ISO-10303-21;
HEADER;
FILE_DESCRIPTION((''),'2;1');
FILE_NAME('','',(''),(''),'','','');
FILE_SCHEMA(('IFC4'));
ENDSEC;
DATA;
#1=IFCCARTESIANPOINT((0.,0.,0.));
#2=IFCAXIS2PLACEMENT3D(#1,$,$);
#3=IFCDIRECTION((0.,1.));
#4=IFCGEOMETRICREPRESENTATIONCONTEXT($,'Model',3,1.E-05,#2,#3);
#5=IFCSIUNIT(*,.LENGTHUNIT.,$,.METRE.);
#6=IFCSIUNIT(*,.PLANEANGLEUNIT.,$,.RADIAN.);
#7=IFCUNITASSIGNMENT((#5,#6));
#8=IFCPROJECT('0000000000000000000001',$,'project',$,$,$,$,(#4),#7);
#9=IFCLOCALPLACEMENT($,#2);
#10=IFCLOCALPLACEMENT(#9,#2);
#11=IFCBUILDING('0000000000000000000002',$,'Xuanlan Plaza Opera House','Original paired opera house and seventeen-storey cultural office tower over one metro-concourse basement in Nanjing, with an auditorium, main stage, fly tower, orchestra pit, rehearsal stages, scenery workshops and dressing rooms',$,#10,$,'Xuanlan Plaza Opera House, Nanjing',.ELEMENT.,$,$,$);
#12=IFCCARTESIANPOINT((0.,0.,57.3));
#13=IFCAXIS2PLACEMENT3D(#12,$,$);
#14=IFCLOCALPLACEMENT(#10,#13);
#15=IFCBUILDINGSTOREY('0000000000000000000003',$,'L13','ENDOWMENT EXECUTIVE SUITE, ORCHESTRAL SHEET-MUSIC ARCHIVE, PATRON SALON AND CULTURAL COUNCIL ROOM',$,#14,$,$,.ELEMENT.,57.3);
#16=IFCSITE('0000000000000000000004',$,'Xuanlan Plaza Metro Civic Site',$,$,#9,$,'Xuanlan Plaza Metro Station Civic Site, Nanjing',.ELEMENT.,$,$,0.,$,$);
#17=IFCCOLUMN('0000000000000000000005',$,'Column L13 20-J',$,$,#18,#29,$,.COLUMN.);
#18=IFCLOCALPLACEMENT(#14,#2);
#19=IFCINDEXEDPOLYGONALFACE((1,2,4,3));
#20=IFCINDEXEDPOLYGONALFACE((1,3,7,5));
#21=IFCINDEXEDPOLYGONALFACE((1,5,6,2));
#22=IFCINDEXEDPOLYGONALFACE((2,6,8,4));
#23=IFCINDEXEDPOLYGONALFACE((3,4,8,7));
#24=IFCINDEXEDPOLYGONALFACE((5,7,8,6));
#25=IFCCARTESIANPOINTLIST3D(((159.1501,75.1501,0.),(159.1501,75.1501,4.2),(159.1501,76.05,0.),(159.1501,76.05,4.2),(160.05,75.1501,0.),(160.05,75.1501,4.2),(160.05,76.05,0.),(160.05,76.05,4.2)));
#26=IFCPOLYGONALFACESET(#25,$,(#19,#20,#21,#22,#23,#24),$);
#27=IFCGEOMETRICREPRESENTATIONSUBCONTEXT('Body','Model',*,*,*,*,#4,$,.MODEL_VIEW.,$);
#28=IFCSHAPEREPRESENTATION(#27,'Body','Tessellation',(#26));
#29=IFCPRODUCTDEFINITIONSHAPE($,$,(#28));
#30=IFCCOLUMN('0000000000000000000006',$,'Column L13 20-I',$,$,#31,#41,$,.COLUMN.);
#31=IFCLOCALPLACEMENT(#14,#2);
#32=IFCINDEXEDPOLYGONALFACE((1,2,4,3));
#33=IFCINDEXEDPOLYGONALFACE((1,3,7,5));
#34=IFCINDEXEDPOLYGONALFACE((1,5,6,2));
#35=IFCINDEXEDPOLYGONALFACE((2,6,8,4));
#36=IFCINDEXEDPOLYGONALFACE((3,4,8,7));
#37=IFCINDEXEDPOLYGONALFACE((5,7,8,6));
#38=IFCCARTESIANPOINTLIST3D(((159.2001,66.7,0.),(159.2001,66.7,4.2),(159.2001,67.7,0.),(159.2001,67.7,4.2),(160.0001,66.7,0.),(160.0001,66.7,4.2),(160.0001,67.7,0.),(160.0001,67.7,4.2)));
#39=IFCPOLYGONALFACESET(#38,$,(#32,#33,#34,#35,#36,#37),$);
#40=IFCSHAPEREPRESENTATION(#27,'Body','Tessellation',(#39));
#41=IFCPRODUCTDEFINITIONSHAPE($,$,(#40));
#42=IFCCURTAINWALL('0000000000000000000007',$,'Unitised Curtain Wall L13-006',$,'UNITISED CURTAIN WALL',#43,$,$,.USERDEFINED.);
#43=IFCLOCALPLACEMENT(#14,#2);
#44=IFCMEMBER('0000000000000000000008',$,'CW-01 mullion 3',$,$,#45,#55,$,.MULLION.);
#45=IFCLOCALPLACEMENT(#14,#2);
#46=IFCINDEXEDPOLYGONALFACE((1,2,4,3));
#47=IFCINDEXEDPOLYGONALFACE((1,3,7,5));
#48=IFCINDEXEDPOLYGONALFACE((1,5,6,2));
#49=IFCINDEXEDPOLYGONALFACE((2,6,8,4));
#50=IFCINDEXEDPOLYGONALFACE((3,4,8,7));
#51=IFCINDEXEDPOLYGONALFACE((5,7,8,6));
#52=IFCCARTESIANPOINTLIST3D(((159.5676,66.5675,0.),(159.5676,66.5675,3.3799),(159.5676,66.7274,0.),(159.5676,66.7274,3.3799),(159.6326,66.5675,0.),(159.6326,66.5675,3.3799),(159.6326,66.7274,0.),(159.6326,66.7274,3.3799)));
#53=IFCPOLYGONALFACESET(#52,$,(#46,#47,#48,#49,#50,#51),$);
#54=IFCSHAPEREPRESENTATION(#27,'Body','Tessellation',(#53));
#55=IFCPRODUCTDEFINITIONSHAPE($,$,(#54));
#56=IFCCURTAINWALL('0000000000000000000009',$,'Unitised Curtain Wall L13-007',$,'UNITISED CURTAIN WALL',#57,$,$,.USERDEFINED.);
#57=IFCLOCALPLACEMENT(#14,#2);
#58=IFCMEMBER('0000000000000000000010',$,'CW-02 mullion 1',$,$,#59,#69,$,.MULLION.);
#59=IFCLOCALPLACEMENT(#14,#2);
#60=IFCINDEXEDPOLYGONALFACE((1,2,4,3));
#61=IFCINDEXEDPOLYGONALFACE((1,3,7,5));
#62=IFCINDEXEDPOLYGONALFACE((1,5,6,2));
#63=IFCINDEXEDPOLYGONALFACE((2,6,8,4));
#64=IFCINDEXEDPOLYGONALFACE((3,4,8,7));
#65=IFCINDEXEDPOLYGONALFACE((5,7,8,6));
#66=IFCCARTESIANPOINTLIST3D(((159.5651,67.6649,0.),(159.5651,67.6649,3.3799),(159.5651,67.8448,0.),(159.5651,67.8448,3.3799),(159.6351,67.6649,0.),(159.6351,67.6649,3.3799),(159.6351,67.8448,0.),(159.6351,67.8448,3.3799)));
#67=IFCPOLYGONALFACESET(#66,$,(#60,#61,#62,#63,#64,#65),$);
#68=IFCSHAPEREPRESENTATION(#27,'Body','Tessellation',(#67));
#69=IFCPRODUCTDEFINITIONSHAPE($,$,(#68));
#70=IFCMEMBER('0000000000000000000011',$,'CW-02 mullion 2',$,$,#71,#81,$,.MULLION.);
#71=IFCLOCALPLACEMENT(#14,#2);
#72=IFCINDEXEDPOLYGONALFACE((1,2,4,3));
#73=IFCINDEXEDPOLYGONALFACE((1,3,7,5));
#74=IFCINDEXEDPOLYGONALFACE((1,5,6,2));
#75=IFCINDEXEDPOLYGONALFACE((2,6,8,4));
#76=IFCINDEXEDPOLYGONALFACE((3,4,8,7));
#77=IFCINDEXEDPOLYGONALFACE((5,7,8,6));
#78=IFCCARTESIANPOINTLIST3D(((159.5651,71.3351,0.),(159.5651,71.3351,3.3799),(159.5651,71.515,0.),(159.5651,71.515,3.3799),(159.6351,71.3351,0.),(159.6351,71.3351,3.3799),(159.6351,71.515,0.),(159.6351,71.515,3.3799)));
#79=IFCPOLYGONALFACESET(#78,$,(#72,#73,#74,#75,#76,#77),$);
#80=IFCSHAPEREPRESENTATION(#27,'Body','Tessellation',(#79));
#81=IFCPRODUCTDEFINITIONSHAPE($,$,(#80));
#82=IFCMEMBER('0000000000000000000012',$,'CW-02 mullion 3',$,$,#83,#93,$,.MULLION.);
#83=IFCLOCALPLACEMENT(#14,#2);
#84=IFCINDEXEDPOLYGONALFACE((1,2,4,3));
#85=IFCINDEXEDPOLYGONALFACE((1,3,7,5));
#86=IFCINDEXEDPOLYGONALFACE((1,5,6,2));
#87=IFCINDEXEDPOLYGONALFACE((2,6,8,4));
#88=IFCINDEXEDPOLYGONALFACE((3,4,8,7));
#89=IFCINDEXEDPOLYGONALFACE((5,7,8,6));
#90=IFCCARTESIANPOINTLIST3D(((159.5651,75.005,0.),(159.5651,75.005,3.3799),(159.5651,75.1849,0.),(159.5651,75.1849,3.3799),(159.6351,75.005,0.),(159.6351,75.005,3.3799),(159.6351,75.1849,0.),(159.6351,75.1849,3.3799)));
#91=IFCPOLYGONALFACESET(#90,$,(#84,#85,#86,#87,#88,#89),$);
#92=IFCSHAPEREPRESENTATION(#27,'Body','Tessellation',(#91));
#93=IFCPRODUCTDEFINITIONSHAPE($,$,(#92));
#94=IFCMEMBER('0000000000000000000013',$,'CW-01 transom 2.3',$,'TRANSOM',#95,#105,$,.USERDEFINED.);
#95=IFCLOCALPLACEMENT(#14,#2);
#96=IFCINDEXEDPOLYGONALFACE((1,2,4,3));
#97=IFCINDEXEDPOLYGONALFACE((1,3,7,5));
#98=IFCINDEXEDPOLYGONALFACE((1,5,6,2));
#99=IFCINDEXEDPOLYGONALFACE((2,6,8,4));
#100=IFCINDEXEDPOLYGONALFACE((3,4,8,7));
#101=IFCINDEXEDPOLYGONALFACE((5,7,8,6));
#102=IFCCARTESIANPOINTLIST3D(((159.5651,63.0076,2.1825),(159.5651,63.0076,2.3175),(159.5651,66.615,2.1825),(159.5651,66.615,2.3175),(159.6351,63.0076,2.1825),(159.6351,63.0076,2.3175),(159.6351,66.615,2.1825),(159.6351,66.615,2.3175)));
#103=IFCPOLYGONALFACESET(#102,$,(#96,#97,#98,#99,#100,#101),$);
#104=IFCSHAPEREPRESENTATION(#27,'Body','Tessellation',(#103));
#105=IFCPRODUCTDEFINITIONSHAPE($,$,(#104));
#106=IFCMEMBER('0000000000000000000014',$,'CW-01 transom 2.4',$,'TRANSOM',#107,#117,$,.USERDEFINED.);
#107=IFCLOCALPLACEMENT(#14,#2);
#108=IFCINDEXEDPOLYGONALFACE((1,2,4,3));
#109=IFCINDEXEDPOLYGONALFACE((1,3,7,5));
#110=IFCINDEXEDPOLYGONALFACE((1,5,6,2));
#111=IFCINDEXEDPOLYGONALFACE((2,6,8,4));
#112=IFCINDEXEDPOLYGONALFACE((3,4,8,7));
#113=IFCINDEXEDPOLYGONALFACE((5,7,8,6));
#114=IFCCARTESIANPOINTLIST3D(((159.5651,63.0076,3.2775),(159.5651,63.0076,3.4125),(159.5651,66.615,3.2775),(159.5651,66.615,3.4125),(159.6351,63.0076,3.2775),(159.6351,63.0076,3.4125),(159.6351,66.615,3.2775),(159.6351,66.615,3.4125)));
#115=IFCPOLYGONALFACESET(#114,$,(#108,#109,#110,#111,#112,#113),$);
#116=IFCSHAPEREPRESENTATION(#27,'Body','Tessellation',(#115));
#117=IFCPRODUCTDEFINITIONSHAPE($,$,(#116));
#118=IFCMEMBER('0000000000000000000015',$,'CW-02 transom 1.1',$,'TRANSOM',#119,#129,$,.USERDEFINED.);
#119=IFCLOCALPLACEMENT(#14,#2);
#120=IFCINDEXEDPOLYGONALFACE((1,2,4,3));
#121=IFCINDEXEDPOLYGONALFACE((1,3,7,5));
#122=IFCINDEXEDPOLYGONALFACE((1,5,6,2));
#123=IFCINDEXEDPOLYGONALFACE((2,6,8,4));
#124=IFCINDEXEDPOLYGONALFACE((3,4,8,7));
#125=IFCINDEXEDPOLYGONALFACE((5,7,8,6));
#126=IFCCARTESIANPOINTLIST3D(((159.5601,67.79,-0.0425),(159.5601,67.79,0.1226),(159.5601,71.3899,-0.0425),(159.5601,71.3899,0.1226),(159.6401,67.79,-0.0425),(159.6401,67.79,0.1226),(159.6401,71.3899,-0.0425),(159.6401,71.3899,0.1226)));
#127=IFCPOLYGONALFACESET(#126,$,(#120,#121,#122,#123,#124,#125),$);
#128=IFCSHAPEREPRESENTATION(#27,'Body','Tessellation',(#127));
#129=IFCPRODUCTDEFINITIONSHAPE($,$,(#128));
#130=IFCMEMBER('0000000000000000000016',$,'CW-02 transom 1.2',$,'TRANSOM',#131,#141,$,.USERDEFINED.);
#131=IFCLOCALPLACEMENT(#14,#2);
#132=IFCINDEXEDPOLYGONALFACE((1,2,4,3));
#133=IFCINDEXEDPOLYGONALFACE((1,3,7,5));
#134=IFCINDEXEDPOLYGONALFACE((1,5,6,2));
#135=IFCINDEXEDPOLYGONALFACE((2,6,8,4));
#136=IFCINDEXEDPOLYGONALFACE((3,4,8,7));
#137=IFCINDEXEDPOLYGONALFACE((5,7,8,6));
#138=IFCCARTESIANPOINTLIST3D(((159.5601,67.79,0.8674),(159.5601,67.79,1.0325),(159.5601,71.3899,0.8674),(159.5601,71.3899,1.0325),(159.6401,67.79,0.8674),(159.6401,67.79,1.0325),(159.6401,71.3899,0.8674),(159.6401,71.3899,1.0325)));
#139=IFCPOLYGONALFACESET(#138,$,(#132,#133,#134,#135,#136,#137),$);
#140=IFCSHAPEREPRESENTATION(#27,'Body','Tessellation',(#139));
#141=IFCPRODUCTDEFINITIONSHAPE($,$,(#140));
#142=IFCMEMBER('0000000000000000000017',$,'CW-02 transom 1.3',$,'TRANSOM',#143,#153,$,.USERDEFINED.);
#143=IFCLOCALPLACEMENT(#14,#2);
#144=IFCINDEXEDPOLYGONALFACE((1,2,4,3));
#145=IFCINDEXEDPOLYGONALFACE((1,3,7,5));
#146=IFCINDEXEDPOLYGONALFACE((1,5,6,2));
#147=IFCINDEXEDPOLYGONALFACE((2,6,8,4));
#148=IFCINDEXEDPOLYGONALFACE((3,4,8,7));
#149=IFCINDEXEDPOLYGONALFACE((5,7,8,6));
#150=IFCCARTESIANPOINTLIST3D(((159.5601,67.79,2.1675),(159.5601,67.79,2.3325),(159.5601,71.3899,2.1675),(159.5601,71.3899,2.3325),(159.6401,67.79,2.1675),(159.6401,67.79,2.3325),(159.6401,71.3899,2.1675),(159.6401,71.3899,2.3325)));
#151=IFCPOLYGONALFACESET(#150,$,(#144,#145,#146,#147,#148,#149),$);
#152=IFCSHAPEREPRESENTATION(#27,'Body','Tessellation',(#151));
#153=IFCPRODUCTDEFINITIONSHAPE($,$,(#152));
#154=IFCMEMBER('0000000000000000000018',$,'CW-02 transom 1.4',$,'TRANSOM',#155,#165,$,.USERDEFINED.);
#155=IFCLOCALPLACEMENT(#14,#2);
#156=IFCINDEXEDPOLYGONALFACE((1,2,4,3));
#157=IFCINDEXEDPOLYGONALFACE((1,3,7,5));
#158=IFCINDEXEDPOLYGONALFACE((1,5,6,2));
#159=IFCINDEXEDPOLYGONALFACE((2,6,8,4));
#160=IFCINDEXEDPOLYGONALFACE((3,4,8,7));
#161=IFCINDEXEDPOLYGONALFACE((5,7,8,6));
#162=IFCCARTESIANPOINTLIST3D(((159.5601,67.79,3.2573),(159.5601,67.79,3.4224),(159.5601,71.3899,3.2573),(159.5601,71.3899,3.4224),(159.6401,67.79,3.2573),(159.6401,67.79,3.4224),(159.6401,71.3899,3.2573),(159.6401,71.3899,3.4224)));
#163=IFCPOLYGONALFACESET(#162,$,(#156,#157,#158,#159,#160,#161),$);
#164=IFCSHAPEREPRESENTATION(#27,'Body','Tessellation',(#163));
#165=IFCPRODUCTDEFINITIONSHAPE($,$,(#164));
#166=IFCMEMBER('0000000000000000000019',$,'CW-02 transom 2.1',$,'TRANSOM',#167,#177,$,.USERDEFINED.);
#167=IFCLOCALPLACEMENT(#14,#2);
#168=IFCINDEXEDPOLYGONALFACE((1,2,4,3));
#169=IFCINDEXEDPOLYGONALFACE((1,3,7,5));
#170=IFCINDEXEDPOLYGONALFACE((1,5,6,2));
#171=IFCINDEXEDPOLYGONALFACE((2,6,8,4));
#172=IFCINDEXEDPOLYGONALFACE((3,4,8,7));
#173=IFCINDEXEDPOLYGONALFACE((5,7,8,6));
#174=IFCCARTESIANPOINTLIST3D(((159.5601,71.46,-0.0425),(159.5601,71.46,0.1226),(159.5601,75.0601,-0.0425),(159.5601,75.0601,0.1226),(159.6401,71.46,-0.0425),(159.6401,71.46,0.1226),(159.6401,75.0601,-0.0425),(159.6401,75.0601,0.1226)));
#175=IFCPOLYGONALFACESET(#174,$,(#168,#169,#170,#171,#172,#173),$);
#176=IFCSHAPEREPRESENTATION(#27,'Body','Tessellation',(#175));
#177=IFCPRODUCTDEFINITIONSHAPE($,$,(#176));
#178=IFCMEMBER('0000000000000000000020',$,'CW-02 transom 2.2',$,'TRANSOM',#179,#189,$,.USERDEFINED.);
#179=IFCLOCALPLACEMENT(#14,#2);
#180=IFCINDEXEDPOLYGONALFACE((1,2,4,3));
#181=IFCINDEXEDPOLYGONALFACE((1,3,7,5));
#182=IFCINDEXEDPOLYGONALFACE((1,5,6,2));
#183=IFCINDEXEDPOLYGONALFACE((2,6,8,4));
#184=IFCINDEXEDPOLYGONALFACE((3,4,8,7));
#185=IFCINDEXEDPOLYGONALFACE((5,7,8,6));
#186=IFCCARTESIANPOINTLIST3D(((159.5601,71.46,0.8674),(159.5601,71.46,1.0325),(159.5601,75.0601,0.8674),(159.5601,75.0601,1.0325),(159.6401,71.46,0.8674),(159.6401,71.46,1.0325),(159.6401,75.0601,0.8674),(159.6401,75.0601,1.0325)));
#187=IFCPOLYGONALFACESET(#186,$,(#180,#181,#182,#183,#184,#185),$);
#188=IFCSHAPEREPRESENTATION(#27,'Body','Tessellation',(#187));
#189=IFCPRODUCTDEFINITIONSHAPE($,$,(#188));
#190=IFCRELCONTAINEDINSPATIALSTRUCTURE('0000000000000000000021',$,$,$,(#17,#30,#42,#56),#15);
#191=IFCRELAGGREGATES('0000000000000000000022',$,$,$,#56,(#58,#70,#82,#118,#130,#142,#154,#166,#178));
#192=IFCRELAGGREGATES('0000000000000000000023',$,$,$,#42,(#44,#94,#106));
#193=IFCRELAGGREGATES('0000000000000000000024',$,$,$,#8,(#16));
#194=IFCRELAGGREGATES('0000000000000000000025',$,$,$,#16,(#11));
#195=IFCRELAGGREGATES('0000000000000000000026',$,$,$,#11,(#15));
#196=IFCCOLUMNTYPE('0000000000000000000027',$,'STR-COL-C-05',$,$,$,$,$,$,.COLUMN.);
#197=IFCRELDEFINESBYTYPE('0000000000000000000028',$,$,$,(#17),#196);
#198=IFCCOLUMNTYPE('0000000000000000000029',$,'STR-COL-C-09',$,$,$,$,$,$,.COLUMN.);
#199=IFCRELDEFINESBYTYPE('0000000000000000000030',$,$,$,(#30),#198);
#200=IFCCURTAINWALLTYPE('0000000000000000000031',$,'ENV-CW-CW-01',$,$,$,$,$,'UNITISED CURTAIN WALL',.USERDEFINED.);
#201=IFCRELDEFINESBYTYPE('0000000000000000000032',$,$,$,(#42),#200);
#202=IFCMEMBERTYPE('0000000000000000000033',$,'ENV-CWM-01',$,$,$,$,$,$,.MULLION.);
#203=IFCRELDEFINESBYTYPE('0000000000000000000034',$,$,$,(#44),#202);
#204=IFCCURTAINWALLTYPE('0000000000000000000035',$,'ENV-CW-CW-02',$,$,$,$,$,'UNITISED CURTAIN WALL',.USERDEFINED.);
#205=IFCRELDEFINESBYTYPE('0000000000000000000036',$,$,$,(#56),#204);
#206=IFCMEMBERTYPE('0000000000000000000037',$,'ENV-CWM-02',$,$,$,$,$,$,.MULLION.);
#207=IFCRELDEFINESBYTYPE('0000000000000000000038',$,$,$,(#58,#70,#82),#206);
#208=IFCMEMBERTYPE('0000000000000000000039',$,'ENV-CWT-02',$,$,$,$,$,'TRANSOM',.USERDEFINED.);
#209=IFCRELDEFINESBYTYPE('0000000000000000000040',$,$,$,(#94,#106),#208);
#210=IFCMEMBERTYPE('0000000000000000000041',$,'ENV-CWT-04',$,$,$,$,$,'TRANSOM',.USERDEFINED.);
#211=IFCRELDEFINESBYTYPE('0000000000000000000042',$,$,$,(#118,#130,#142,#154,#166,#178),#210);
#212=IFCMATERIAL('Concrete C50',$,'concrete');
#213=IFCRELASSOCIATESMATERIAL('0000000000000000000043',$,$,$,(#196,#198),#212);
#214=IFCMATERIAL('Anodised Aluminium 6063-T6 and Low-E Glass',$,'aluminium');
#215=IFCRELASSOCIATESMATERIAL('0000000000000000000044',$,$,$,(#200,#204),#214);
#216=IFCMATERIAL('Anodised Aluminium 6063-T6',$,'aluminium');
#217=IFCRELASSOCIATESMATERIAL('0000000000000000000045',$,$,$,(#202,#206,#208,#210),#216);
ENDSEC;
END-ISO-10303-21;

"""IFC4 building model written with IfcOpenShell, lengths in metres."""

from ifc_helpers import new_model, si_unit, direction, frame, origin, origin_2d, place, context, subcontext, project, spatial, rectangle, extrude, material, material_profile, profile_set, type_object, element, aggregate, save


model = new_model("IFC4")

# Units and contexts
model_context = context("Model", 3, precision=1e-05, world=origin(), true_north=direction((0.0, 1.0)))
body_context = subcontext(model_context, "Body", "Model", "MODEL_VIEW")
ifc_project = project(units=[si_unit("LENGTHUNIT", "METRE"), si_unit("PLANEANGLEUNIT", "RADIAN")], contexts=[model_context])

# Site, building, storey
site_placement = place(None, origin())
site = spatial("IfcSite", under=ifc_project, at=site_placement, Name="Xuanlan Plaza Metro Civic Site", LongName="Xuanlan Plaza Metro Station Civic Site, Nanjing", CompositionType="ELEMENT", RefElevation=0.0)
building_placement = place(site_placement, origin())
building = spatial("IfcBuilding", under=site, at=building_placement, Name="Xuanlan Plaza Opera House", Description="Original paired opera house and seventeen-storey cultural office tower over one metro-concourse basement in Nanjing, with an auditorium, main stage, fly tower, orchestra pit, rehearsal stages, scenery workshops and dressing rooms", LongName="Xuanlan Plaza Opera House, Nanjing", CompositionType="ELEMENT")
storey_placement = place(building_placement, frame((0.0, 0.0, 57.3)))
storey = spatial("IfcBuildingStorey", under=building, at=storey_placement, Name="L13", Description="ENDOWMENT EXECUTIVE SUITE, ORCHESTRAL SHEET-MUSIC ARCHIVE, PATRON SALON AND CULTURAL COUNCIL ROOM", CompositionType="ELEMENT", Elevation=57.3)

# Columns
ifc_material_1 = material(Name="Concrete C50", Category="concrete")
ifc_material_profile_1 = material_profile(ifc_material_1, rectangle(XDim=0.8999, YDim=0.8999, at=origin_2d()), Name="RC-COL 900x900")
ifc_profile_set_1 = profile_set([ifc_material_profile_1], Name="Concrete C50")
column_type_1 = type_object("IfcColumnType", Name="STR-COL-C-05", PredefinedType="COLUMN", material=ifc_profile_set_1)
column_1_placement = place(storey_placement, frame((159.6001, 75.6001, 0.0), z_axis=(0.0, 0.0, 1.0), x_axis=(1.0, 0.0, 0.0)))
element("IfcColumn", 1, at=column_1_placement, inside=storey, type_object=column_type_1, Name="Column L13 20-J", PredefinedType="COLUMN", context=body_context, shape_type="SweptSolid", body=[
    extrude(rectangle(XDim=0.8999, YDim=0.8999, at=origin_2d()), origin(), (0.0, 0.0, 1.0), 4.2),
])
ifc_material_profile_2 = material_profile(ifc_material_1, rectangle(XDim=0.8, YDim=1.0, at=origin_2d()), Name="RC-COL 800x1000")
ifc_profile_set_2 = profile_set([ifc_material_profile_2], Name="Concrete C50")
column_type_2 = type_object("IfcColumnType", Name="STR-COL-C-09", PredefinedType="COLUMN", material=ifc_profile_set_2)
column_2_placement = place(storey_placement, frame((159.6001, 67.2, 0.0), z_axis=(0.0, 0.0, 1.0), x_axis=(1.0, 0.0, 0.0)))
element("IfcColumn", 2, at=column_2_placement, inside=storey, type_object=column_type_2, Name="Column L13 20-I", PredefinedType="COLUMN", context=body_context, shape_type="SweptSolid", body=[
    extrude(rectangle(XDim=0.8, YDim=1.0, at=origin_2d()), origin(), (0.0, 0.0, 1.0), 4.2),
])

# Curtain wall, member
ifc_material_2 = material(Name="Anodised Aluminium 6063-T6 and Low-E Glass", Category="aluminium")
curtain_wall_type_1 = type_object("IfcCurtainWallType", Name="ENV-CW-CW-01", ElementType="UNITISED CURTAIN WALL", PredefinedType="USERDEFINED", material=ifc_material_2)
curtain_wall_1_placement = place(storey_placement, origin())
curtain_wall_1 = element("IfcCurtainWall", 3, at=curtain_wall_1_placement, inside=storey, type_object=curtain_wall_type_1, Name="Unitised Curtain Wall L13-006", ObjectType="UNITISED CURTAIN WALL", PredefinedType="USERDEFINED")
ifc_material_3 = material(Name="Anodised Aluminium 6063-T6", Category="aluminium")
ifc_material_profile_3 = material_profile(ifc_material_3, rectangle(XDim=0.0649, YDim=0.1599, at=origin_2d()), Name="ALU-M 65x160")
ifc_profile_set_3 = profile_set([ifc_material_profile_3], Name="Anodised Aluminium 6063-T6")
member_type_1 = type_object("IfcMemberType", Name="ENV-CWM-01", PredefinedType="MULLION", material=ifc_profile_set_3)
member_1_placement = place(storey_placement, frame((159.6001, 66.6475, 0.0), z_axis=(0.0, 0.0, 1.0), x_axis=(-1.0, 0.0, 0.0)))
member_1 = element("IfcMember", 4, at=member_1_placement, type_object=member_type_1, Name="CW-01 mullion 3", PredefinedType="MULLION", context=body_context, shape_type="SweptSolid", body=[
    extrude(rectangle(XDim=0.0649, YDim=0.1599, at=origin_2d()), origin(), (0.0, 0.0, 1.0), 3.3799),
])

# Curtain wall, members
curtain_wall_type_2 = type_object("IfcCurtainWallType", Name="ENV-CW-CW-02", ElementType="UNITISED CURTAIN WALL", PredefinedType="USERDEFINED", material=ifc_material_2)
curtain_wall_2_placement = place(storey_placement, origin())
curtain_wall_2 = element("IfcCurtainWall", 5, at=curtain_wall_2_placement, inside=storey, type_object=curtain_wall_type_2, Name="Unitised Curtain Wall L13-007", ObjectType="UNITISED CURTAIN WALL", PredefinedType="USERDEFINED")
ifc_material_profile_4 = material_profile(ifc_material_3, rectangle(XDim=0.0701, YDim=0.1799, at=origin_2d()), Name="ALU-M 70x180")
ifc_profile_set_4 = profile_set([ifc_material_profile_4], Name="Anodised Aluminium 6063-T6")
member_type_2 = type_object("IfcMemberType", Name="ENV-CWM-02", PredefinedType="MULLION", material=ifc_profile_set_4)
member_2_placement = place(storey_placement, frame((159.6001, 67.7549, 0.0), z_axis=(0.0, 0.0, 1.0), x_axis=(-1.0, 0.0, 0.0)))
member_2 = element("IfcMember", 6, at=member_2_placement, type_object=member_type_2, Name="CW-02 mullion 1", PredefinedType="MULLION", context=body_context, shape_type="SweptSolid", body=[
    extrude(rectangle(XDim=0.0701, YDim=0.1799, at=origin_2d()), origin(), (0.0, 0.0, 1.0), 3.3799),
])
member_3_placement = place(storey_placement, frame((159.6001, 71.425, 0.0), z_axis=(0.0, 0.0, 1.0), x_axis=(-1.0, 0.0, 0.0)))
member_3 = element("IfcMember", 7, at=member_3_placement, type_object=member_type_2, Name="CW-02 mullion 2", PredefinedType="MULLION", context=body_context, shape_type="SweptSolid", body=[
    extrude(rectangle(XDim=0.0701, YDim=0.1799, at=origin_2d()), origin(), (0.0, 0.0, 1.0), 3.3799),
])
member_4_placement = place(storey_placement, frame((159.6001, 75.095, 0.0), z_axis=(0.0, 0.0, 1.0), x_axis=(-1.0, 0.0, 0.0)))
member_4 = element("IfcMember", 8, at=member_4_placement, type_object=member_type_2, Name="CW-02 mullion 3", PredefinedType="MULLION", context=body_context, shape_type="SweptSolid", body=[
    extrude(rectangle(XDim=0.0701, YDim=0.1799, at=origin_2d()), origin(), (0.0, 0.0, 1.0), 3.3799),
])

# Members
ifc_material_profile_5 = material_profile(ifc_material_3, rectangle(XDim=0.0701, YDim=0.135, at=origin_2d()), Name="ALU-T 70x135")
ifc_profile_set_5 = profile_set([ifc_material_profile_5], Name="Anodised Aluminium 6063-T6")
member_type_3 = type_object("IfcMemberType", Name="ENV-CWT-02", ElementType="TRANSOM", PredefinedType="USERDEFINED", material=ifc_profile_set_5)
member_5_placement = place(storey_placement, frame((159.6001, 63.0076, 2.25), z_axis=(0.0, 1.0, 0.0), x_axis=(-1.0, 0.0, 0.0)))
member_5 = element("IfcMember", 9, at=member_5_placement, type_object=member_type_3, Name="CW-01 transom 2.3", ObjectType="TRANSOM", PredefinedType="USERDEFINED", context=body_context, shape_type="SweptSolid", body=[
    extrude(rectangle(XDim=0.0701, YDim=0.135, at=origin_2d()), origin(), (0.0, 0.0, 1.0), 3.6074),
])
member_6_placement = place(storey_placement, frame((159.6001, 63.0076, 3.345), z_axis=(0.0, 1.0, 0.0), x_axis=(-1.0, 0.0, 0.0)))
member_6 = element("IfcMember", 10, at=member_6_placement, type_object=member_type_3, Name="CW-01 transom 2.4", ObjectType="TRANSOM", PredefinedType="USERDEFINED", context=body_context, shape_type="SweptSolid", body=[
    extrude(rectangle(XDim=0.0701, YDim=0.135, at=origin_2d()), origin(), (0.0, 0.0, 1.0), 3.6074),
])
ifc_material_profile_6 = material_profile(ifc_material_3, rectangle(XDim=0.0801, YDim=0.165, at=origin_2d()), Name="ALU-T 80x165")
ifc_profile_set_6 = profile_set([ifc_material_profile_6], Name="Anodised Aluminium 6063-T6")
member_type_4 = type_object("IfcMemberType", Name="ENV-CWT-04", ElementType="TRANSOM", PredefinedType="USERDEFINED", material=ifc_profile_set_6)
member_7_placement = place(storey_placement, frame((159.6001, 67.79, 0.04), z_axis=(0.0, 1.0, 0.0), x_axis=(-1.0, 0.0, 0.0)))
member_7 = element("IfcMember", 11, at=member_7_placement, type_object=member_type_4, Name="CW-02 transom 1.1", ObjectType="TRANSOM", PredefinedType="USERDEFINED", context=body_context, shape_type="SweptSolid", body=[
    extrude(rectangle(XDim=0.0801, YDim=0.165, at=origin_2d()), origin(), (0.0, 0.0, 1.0), 3.5999),
])
member_8_placement = place(storey_placement, frame((159.6001, 67.79, 0.95), z_axis=(0.0, 1.0, 0.0), x_axis=(-1.0, 0.0, 0.0)))
member_8 = element("IfcMember", 12, at=member_8_placement, type_object=member_type_4, Name="CW-02 transom 1.2", ObjectType="TRANSOM", PredefinedType="USERDEFINED", context=body_context, shape_type="SweptSolid", body=[
    extrude(rectangle(XDim=0.0801, YDim=0.165, at=origin_2d()), origin(), (0.0, 0.0, 1.0), 3.5999),
])
member_9_placement = place(storey_placement, frame((159.6001, 67.79, 2.25), z_axis=(0.0, 1.0, 0.0), x_axis=(-1.0, 0.0, 0.0)))
member_9 = element("IfcMember", 13, at=member_9_placement, type_object=member_type_4, Name="CW-02 transom 1.3", ObjectType="TRANSOM", PredefinedType="USERDEFINED", context=body_context, shape_type="SweptSolid", body=[
    extrude(rectangle(XDim=0.0801, YDim=0.165, at=origin_2d()), origin(), (0.0, 0.0, 1.0), 3.5999),
])
member_10_placement = place(storey_placement, frame((159.6001, 67.79, 3.3398), z_axis=(0.0, 1.0, 0.0), x_axis=(-1.0, 0.0, 0.0)))
member_10 = element("IfcMember", 14, at=member_10_placement, type_object=member_type_4, Name="CW-02 transom 1.4", ObjectType="TRANSOM", PredefinedType="USERDEFINED", context=body_context, shape_type="SweptSolid", body=[
    extrude(rectangle(XDim=0.0801, YDim=0.165, at=origin_2d()), origin(), (0.0, 0.0, 1.0), 3.5999),
])
member_11_placement = place(storey_placement, frame((159.6001, 71.46, 0.04), z_axis=(0.0, 1.0, 0.0), x_axis=(-1.0, 0.0, 0.0)))
member_11 = element("IfcMember", 15, at=member_11_placement, type_object=member_type_4, Name="CW-02 transom 2.1", ObjectType="TRANSOM", PredefinedType="USERDEFINED", context=body_context, shape_type="SweptSolid", body=[
    extrude(rectangle(XDim=0.0801, YDim=0.165, at=origin_2d()), origin(), (0.0, 0.0, 1.0), 3.6001),
])
member_12_placement = place(storey_placement, frame((159.6001, 71.46, 0.95), z_axis=(0.0, 1.0, 0.0), x_axis=(-1.0, 0.0, 0.0)))
member_12 = element("IfcMember", 16, at=member_12_placement, type_object=member_type_4, Name="CW-02 transom 2.2", ObjectType="TRANSOM", PredefinedType="USERDEFINED", context=body_context, shape_type="SweptSolid", body=[
    extrude(rectangle(XDim=0.0801, YDim=0.165, at=origin_2d()), origin(), (0.0, 0.0, 1.0), 3.6001),
])

aggregate(curtain_wall_2, [member_2, member_3, member_4, member_7, member_8, member_9, member_10, member_11, member_12])
aggregate(curtain_wall_1, [member_1, member_5, member_6])

save(model, "model.ifc")
